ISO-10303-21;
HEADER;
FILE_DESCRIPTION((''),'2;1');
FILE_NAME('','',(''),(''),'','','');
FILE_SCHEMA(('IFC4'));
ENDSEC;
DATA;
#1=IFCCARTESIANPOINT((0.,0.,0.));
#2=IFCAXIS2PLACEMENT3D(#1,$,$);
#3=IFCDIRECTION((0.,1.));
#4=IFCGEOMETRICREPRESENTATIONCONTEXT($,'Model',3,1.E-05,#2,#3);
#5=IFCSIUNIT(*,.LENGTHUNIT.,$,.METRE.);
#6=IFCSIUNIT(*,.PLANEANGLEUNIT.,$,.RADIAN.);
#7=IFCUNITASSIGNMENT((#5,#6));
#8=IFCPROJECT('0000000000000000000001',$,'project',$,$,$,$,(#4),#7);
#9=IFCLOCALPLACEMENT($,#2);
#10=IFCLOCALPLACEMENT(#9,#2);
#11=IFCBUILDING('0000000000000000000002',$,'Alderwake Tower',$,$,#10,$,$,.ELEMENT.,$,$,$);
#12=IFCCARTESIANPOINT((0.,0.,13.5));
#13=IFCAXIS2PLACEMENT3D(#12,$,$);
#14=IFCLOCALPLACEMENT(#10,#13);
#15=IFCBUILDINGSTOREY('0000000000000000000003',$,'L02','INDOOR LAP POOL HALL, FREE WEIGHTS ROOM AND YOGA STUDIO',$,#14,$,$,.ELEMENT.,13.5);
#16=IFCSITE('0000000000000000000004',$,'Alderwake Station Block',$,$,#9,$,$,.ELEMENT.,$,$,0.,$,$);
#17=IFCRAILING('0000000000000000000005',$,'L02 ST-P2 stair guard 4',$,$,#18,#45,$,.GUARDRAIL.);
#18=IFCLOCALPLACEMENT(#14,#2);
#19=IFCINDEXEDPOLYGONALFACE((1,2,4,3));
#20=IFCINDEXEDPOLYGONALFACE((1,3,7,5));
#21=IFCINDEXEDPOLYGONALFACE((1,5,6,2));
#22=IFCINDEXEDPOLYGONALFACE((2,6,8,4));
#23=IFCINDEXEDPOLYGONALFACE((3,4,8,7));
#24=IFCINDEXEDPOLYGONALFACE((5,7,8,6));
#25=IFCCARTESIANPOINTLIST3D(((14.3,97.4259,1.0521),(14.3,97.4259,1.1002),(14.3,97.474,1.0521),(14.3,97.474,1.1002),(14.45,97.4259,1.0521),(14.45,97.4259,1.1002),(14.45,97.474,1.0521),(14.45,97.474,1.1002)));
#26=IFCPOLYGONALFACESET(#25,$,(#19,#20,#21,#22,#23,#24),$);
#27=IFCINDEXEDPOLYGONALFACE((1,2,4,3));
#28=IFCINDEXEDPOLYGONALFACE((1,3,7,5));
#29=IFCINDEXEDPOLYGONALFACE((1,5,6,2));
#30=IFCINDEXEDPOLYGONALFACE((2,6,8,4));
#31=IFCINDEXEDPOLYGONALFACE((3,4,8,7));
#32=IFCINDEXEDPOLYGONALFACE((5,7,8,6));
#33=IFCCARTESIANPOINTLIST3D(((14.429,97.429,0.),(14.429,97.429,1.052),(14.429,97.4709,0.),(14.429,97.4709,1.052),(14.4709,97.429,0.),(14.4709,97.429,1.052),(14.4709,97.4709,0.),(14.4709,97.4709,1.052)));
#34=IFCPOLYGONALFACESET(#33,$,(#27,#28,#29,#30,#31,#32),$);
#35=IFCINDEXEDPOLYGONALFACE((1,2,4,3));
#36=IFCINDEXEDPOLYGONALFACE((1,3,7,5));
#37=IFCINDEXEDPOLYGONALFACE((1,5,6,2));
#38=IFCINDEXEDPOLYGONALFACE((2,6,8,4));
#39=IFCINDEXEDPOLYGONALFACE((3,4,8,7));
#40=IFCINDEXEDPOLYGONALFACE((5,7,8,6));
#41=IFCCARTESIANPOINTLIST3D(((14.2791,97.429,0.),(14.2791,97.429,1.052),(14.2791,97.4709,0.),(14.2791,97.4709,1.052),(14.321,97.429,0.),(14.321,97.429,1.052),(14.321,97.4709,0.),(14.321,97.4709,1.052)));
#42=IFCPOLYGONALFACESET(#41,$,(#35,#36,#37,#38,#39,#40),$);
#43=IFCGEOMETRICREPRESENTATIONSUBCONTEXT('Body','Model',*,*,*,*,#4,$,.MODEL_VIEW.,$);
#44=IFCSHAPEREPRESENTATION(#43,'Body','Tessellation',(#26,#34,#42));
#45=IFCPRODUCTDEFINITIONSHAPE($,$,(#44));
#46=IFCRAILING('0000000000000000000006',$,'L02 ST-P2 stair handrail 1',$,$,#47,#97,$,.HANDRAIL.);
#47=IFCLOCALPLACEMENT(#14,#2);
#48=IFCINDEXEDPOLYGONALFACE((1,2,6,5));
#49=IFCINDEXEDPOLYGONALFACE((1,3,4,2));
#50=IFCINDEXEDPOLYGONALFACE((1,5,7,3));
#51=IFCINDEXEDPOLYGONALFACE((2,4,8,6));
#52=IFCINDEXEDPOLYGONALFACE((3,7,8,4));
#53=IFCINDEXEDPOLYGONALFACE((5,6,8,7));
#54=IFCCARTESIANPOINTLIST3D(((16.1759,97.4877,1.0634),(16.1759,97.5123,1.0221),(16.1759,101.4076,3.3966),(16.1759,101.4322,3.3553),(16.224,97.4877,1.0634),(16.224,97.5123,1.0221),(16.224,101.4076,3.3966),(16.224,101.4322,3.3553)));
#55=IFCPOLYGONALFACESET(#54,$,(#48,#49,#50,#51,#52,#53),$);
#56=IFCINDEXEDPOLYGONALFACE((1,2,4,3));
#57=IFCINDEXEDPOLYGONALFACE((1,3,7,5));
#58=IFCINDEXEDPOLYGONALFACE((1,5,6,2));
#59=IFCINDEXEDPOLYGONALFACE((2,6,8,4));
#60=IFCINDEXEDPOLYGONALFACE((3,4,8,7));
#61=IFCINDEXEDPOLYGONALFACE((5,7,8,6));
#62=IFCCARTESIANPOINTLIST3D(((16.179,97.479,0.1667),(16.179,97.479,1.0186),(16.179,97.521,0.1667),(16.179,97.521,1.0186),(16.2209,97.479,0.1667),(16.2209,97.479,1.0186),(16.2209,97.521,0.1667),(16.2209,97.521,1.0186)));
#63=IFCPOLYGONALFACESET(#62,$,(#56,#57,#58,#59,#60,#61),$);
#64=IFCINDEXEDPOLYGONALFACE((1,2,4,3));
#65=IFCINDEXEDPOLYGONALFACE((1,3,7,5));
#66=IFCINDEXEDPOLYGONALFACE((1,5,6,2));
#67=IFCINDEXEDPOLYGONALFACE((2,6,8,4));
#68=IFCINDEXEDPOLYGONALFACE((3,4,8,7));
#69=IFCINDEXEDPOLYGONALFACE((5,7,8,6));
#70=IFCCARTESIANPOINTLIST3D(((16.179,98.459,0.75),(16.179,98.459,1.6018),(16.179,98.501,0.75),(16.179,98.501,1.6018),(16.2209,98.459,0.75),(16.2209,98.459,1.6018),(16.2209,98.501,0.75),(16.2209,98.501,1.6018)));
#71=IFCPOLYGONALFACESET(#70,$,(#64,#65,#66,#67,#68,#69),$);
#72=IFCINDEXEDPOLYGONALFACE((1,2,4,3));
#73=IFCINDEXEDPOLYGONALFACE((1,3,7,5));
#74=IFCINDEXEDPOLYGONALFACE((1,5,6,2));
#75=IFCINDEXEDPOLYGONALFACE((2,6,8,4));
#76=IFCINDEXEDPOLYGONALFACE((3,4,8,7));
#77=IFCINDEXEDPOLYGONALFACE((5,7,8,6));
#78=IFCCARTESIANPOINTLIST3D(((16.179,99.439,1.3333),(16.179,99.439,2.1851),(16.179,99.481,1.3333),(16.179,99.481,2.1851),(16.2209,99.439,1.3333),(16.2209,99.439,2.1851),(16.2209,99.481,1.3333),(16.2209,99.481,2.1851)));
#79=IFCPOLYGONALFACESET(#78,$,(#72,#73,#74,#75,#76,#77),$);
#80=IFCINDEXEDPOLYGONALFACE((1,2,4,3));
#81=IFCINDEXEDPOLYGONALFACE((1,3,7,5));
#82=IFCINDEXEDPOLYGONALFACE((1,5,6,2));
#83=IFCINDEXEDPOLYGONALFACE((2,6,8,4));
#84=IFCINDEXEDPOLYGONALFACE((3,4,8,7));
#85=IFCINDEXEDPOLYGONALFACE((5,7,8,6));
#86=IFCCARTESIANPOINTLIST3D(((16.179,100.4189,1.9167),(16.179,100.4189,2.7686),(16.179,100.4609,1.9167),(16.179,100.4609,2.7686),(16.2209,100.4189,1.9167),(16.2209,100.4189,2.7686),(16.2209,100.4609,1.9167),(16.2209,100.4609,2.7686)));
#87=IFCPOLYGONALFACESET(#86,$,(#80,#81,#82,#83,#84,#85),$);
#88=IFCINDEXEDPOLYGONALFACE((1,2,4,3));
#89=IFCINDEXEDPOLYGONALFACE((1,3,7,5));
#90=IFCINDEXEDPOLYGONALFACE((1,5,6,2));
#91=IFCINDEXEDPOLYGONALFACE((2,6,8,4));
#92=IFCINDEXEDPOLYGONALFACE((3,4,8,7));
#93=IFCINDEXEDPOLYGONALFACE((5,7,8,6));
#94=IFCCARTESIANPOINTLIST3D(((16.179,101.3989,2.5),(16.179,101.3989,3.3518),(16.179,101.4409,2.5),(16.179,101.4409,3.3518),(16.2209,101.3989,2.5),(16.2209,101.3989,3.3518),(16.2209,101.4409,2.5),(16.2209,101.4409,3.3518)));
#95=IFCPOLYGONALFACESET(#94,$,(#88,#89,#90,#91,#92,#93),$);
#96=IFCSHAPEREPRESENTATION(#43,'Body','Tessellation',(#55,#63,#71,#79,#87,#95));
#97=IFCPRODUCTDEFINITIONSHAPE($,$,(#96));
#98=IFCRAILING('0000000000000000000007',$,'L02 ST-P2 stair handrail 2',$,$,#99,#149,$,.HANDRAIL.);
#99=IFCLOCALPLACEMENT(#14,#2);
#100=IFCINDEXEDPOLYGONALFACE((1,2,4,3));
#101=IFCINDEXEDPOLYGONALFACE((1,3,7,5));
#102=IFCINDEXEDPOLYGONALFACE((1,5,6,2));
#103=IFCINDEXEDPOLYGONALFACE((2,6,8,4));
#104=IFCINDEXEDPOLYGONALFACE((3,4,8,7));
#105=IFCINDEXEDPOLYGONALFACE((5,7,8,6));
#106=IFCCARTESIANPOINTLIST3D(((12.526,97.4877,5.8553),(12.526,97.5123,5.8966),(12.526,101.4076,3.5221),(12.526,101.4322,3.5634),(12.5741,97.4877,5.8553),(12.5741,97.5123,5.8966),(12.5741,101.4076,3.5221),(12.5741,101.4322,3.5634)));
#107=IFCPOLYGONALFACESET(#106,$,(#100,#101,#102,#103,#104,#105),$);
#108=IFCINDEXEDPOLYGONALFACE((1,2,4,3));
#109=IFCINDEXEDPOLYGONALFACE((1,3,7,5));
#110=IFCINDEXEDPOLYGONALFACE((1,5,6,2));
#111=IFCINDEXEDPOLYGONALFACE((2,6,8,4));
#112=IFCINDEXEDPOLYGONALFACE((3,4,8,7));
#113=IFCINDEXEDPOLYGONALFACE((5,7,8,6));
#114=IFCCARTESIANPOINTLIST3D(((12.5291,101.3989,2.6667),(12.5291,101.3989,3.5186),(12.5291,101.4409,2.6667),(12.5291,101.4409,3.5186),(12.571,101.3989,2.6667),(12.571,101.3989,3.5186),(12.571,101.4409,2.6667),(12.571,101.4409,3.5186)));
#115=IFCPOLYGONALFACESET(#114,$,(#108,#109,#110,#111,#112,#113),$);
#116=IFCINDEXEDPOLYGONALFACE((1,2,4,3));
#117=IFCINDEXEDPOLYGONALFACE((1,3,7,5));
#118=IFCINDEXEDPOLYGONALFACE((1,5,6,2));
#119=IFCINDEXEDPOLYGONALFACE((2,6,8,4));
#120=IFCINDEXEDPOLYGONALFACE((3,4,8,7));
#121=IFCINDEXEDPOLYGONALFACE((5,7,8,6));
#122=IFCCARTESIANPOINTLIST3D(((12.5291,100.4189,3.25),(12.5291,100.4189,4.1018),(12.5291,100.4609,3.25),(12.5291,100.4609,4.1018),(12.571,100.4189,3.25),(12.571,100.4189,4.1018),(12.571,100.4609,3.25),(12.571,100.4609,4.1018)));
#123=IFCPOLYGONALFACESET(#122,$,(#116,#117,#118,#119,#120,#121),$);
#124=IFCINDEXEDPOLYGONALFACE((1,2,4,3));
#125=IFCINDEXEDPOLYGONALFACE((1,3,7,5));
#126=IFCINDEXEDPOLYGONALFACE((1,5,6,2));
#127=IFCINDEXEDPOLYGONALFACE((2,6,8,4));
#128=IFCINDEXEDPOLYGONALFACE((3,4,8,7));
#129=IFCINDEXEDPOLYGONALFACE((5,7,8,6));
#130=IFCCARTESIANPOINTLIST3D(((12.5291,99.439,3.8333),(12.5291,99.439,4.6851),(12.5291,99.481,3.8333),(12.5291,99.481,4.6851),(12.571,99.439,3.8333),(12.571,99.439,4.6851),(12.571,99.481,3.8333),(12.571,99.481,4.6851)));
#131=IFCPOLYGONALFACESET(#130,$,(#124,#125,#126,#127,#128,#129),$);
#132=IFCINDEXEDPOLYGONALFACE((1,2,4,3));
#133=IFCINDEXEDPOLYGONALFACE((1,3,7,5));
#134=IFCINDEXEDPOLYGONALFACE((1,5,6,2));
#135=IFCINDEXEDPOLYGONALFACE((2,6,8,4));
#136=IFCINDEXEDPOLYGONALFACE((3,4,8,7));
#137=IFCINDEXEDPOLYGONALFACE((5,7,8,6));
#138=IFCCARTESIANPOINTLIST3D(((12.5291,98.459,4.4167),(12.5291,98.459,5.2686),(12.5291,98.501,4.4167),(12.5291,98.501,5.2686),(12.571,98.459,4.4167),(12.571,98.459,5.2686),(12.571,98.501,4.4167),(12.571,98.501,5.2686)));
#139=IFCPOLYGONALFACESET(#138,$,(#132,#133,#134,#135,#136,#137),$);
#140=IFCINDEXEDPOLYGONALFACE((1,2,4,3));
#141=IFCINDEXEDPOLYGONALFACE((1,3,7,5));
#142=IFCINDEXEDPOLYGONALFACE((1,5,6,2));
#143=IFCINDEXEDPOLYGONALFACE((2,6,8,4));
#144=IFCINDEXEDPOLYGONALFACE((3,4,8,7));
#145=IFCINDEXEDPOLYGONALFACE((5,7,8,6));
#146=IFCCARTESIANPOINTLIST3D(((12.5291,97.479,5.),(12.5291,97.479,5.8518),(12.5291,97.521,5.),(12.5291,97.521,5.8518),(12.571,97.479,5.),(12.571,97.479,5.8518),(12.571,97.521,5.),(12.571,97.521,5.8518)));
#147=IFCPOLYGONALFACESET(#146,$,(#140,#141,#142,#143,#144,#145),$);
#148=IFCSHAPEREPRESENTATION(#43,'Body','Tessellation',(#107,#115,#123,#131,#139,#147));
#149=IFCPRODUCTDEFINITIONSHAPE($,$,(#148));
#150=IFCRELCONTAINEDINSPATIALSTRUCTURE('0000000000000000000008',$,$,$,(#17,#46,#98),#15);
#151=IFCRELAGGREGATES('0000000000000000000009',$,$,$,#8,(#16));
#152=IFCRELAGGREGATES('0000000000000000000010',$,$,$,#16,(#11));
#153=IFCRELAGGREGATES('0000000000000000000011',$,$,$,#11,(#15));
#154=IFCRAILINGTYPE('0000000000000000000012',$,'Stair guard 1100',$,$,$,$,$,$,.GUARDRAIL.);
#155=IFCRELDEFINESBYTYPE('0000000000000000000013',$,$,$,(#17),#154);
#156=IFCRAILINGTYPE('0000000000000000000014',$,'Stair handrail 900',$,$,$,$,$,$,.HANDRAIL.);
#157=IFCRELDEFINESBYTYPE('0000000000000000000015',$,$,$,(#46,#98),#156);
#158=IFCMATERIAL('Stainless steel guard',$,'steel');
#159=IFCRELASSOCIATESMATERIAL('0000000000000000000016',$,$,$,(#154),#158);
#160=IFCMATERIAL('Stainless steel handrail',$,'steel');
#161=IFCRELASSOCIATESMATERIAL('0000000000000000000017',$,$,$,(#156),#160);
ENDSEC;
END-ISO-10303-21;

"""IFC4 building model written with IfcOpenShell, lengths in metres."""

from ifc_helpers import new_model, si_unit, direction, frame, origin, origin_2d, place, context, subcontext, project, spatial, rectangle, extrude, material, type_object, element, save


model = new_model("IFC4")

# Units and contexts
model_context = context("Model", 3, precision=1e-05, world=origin(), true_north=direction((0.0, 1.0)))
body_context = subcontext(model_context, "Body", "Model", "MODEL_VIEW")
ifc_project = project(units=[si_unit("LENGTHUNIT", "METRE"), si_unit("PLANEANGLEUNIT", "RADIAN")], contexts=[model_context])

# Site, building, storey
site_placement = place(None, origin())
site = spatial("IfcSite", under=ifc_project, at=site_placement, Name="Alderwake Station Block", CompositionType="ELEMENT", RefElevation=0.0)
building_placement = place(site_placement, origin())
building = spatial("IfcBuilding", under=site, at=building_placement, Name="Alderwake Tower", CompositionType="ELEMENT")
storey_placement = place(building_placement, frame((0.0, 0.0, 13.5)))
storey = spatial("IfcBuildingStorey", under=building, at=storey_placement, Name="L02", Description="INDOOR LAP POOL HALL, FREE WEIGHTS ROOM AND YOGA STUDIO", CompositionType="ELEMENT", Elevation=13.5)

# Railings
ifc_material_1 = material(Name="Stainless steel guard", Category="steel")
railing_type_1 = type_object("IfcRailingType", Name="Stair guard 1100", PredefinedType="GUARDRAIL", material=ifc_material_1)
railing_1_placement = place(storey_placement, frame((14.45, 97.45, 0.0)))
element("IfcRailing", 1, at=railing_1_placement, inside=storey, type_object=railing_type_1, Name="L02 ST-P2 stair guard 4", PredefinedType="GUARDRAIL", context=body_context, shape_type="SweptSolid", body=[
    extrude(rectangle(XDim=0.0481, YDim=0.0481, at=origin_2d()), frame((0.0, 0.0, 1.0762), z_axis=(-1.0, 0.0, 0.0), x_axis=(0.0, -1.0, 0.0)), (0.0, 0.0, 1.0), 0.1499),
    extrude(rectangle(XDim=0.042, YDim=0.042, at=origin_2d()), frame((0.0, 0.0, 0.0), z_axis=(0.0, 0.0, 1.0), x_axis=(-1.0, 0.0, 0.0)), (0.0, 0.0, 1.0), 1.052),
    extrude(rectangle(XDim=0.042, YDim=0.042, at=origin_2d()), frame((-0.1499, 0.0, 0.0), z_axis=(0.0, 0.0, 1.0), x_axis=(-1.0, 0.0, 0.0)), (0.0, 0.0, 1.0), 1.052),
])
ifc_material_2 = material(Name="Stainless steel handrail", Category="steel")
railing_type_2 = type_object("IfcRailingType", Name="Stair handrail 900", PredefinedType="HANDRAIL", material=ifc_material_2)
railing_2_placement = place(storey_placement, frame((16.2, 97.5, 0.1667)))
element("IfcRailing", 2, at=railing_2_placement, inside=storey, type_object=railing_type_2, Name="L02 ST-P2 stair handrail 1", PredefinedType="HANDRAIL", context=body_context, shape_type="SweptSolid", body=[
    extrude(rectangle(XDim=0.0481, YDim=0.0481, at=origin_2d()), frame((0.0, 0.0, 0.876), z_axis=(0.0, 0.859296, 0.511478), x_axis=(-1.0, 0.0, 0.0)), (0.0, 0.0, 1.0), 4.5618),
    extrude(rectangle(XDim=0.042, YDim=0.042, at=origin_2d()), frame((0.0, 0.0, 0.0), z_axis=(0.0, 0.0, 1.0), x_axis=(0.0, 1.0, 0.0)), (0.0, 0.0, 1.0), 0.8518),
    extrude(rectangle(XDim=0.042, YDim=0.042, at=origin_2d()), frame((0.0, 0.98, 0.5833), z_axis=(0.0, 0.0, 1.0), x_axis=(0.0, 1.0, 0.0)), (0.0, 0.0, 1.0), 0.8518),
    extrude(rectangle(XDim=0.042, YDim=0.042, at=origin_2d()), frame((0.0, 1.96, 1.1665), z_axis=(0.0, 0.0, 1.0), x_axis=(0.0, 1.0, 0.0)), (0.0, 0.0, 1.0), 0.8518),
    extrude(rectangle(XDim=0.042, YDim=0.042, at=origin_2d()), frame((0.0, 2.9399, 1.75), z_axis=(0.0, 0.0, 1.0), x_axis=(0.0, 1.0, 0.0)), (0.0, 0.0, 1.0), 0.8518),
    extrude(rectangle(XDim=0.042, YDim=0.042, at=origin_2d()), frame((0.0, 3.9199, 2.3333), z_axis=(0.0, 0.0, 1.0), x_axis=(0.0, 1.0, 0.0)), (0.0, 0.0, 1.0), 0.8518),
])
railing_3_placement = place(storey_placement, frame((12.55, 101.4199, 2.6667)))
element("IfcRailing", 3, at=railing_3_placement, inside=storey, type_object=railing_type_2, Name="L02 ST-P2 stair handrail 2", PredefinedType="HANDRAIL", context=body_context, shape_type="SweptSolid", body=[
    extrude(rectangle(XDim=0.0481, YDim=0.0481, at=origin_2d()), frame((0.0, 0.0, 0.876), z_axis=(0.0, -0.859296, 0.511478), x_axis=(1.0, 0.0, 0.0)), (0.0, 0.0, 1.0), 4.5618),
    extrude(rectangle(XDim=0.042, YDim=0.042, at=origin_2d()), frame((0.0, 0.0, 0.0), z_axis=(0.0, 0.0, 1.0), x_axis=(0.0, -1.0, 0.0)), (0.0, 0.0, 1.0), 0.8518),
    extrude(rectangle(XDim=0.042, YDim=0.042, at=origin_2d()), frame((0.0, -0.98, 0.5833), z_axis=(0.0, 0.0, 1.0), x_axis=(0.0, -1.0, 0.0)), (0.0, 0.0, 1.0), 0.8518),
    extrude(rectangle(XDim=0.042, YDim=0.042, at=origin_2d()), frame((0.0, -1.96, 1.1665), z_axis=(0.0, 0.0, 1.0), x_axis=(0.0, -1.0, 0.0)), (0.0, 0.0, 1.0), 0.8518),
    extrude(rectangle(XDim=0.042, YDim=0.042, at=origin_2d()), frame((0.0, -2.9399, 1.75), z_axis=(0.0, 0.0, 1.0), x_axis=(0.0, -1.0, 0.0)), (0.0, 0.0, 1.0), 0.8518),
    extrude(rectangle(XDim=0.042, YDim=0.042, at=origin_2d()), frame((0.0, -3.9199, 2.3333), z_axis=(0.0, 0.0, 1.0), x_axis=(0.0, -1.0, 0.0)), (0.0, 0.0, 1.0), 0.8518),
])

save(model, "model.ifc")
